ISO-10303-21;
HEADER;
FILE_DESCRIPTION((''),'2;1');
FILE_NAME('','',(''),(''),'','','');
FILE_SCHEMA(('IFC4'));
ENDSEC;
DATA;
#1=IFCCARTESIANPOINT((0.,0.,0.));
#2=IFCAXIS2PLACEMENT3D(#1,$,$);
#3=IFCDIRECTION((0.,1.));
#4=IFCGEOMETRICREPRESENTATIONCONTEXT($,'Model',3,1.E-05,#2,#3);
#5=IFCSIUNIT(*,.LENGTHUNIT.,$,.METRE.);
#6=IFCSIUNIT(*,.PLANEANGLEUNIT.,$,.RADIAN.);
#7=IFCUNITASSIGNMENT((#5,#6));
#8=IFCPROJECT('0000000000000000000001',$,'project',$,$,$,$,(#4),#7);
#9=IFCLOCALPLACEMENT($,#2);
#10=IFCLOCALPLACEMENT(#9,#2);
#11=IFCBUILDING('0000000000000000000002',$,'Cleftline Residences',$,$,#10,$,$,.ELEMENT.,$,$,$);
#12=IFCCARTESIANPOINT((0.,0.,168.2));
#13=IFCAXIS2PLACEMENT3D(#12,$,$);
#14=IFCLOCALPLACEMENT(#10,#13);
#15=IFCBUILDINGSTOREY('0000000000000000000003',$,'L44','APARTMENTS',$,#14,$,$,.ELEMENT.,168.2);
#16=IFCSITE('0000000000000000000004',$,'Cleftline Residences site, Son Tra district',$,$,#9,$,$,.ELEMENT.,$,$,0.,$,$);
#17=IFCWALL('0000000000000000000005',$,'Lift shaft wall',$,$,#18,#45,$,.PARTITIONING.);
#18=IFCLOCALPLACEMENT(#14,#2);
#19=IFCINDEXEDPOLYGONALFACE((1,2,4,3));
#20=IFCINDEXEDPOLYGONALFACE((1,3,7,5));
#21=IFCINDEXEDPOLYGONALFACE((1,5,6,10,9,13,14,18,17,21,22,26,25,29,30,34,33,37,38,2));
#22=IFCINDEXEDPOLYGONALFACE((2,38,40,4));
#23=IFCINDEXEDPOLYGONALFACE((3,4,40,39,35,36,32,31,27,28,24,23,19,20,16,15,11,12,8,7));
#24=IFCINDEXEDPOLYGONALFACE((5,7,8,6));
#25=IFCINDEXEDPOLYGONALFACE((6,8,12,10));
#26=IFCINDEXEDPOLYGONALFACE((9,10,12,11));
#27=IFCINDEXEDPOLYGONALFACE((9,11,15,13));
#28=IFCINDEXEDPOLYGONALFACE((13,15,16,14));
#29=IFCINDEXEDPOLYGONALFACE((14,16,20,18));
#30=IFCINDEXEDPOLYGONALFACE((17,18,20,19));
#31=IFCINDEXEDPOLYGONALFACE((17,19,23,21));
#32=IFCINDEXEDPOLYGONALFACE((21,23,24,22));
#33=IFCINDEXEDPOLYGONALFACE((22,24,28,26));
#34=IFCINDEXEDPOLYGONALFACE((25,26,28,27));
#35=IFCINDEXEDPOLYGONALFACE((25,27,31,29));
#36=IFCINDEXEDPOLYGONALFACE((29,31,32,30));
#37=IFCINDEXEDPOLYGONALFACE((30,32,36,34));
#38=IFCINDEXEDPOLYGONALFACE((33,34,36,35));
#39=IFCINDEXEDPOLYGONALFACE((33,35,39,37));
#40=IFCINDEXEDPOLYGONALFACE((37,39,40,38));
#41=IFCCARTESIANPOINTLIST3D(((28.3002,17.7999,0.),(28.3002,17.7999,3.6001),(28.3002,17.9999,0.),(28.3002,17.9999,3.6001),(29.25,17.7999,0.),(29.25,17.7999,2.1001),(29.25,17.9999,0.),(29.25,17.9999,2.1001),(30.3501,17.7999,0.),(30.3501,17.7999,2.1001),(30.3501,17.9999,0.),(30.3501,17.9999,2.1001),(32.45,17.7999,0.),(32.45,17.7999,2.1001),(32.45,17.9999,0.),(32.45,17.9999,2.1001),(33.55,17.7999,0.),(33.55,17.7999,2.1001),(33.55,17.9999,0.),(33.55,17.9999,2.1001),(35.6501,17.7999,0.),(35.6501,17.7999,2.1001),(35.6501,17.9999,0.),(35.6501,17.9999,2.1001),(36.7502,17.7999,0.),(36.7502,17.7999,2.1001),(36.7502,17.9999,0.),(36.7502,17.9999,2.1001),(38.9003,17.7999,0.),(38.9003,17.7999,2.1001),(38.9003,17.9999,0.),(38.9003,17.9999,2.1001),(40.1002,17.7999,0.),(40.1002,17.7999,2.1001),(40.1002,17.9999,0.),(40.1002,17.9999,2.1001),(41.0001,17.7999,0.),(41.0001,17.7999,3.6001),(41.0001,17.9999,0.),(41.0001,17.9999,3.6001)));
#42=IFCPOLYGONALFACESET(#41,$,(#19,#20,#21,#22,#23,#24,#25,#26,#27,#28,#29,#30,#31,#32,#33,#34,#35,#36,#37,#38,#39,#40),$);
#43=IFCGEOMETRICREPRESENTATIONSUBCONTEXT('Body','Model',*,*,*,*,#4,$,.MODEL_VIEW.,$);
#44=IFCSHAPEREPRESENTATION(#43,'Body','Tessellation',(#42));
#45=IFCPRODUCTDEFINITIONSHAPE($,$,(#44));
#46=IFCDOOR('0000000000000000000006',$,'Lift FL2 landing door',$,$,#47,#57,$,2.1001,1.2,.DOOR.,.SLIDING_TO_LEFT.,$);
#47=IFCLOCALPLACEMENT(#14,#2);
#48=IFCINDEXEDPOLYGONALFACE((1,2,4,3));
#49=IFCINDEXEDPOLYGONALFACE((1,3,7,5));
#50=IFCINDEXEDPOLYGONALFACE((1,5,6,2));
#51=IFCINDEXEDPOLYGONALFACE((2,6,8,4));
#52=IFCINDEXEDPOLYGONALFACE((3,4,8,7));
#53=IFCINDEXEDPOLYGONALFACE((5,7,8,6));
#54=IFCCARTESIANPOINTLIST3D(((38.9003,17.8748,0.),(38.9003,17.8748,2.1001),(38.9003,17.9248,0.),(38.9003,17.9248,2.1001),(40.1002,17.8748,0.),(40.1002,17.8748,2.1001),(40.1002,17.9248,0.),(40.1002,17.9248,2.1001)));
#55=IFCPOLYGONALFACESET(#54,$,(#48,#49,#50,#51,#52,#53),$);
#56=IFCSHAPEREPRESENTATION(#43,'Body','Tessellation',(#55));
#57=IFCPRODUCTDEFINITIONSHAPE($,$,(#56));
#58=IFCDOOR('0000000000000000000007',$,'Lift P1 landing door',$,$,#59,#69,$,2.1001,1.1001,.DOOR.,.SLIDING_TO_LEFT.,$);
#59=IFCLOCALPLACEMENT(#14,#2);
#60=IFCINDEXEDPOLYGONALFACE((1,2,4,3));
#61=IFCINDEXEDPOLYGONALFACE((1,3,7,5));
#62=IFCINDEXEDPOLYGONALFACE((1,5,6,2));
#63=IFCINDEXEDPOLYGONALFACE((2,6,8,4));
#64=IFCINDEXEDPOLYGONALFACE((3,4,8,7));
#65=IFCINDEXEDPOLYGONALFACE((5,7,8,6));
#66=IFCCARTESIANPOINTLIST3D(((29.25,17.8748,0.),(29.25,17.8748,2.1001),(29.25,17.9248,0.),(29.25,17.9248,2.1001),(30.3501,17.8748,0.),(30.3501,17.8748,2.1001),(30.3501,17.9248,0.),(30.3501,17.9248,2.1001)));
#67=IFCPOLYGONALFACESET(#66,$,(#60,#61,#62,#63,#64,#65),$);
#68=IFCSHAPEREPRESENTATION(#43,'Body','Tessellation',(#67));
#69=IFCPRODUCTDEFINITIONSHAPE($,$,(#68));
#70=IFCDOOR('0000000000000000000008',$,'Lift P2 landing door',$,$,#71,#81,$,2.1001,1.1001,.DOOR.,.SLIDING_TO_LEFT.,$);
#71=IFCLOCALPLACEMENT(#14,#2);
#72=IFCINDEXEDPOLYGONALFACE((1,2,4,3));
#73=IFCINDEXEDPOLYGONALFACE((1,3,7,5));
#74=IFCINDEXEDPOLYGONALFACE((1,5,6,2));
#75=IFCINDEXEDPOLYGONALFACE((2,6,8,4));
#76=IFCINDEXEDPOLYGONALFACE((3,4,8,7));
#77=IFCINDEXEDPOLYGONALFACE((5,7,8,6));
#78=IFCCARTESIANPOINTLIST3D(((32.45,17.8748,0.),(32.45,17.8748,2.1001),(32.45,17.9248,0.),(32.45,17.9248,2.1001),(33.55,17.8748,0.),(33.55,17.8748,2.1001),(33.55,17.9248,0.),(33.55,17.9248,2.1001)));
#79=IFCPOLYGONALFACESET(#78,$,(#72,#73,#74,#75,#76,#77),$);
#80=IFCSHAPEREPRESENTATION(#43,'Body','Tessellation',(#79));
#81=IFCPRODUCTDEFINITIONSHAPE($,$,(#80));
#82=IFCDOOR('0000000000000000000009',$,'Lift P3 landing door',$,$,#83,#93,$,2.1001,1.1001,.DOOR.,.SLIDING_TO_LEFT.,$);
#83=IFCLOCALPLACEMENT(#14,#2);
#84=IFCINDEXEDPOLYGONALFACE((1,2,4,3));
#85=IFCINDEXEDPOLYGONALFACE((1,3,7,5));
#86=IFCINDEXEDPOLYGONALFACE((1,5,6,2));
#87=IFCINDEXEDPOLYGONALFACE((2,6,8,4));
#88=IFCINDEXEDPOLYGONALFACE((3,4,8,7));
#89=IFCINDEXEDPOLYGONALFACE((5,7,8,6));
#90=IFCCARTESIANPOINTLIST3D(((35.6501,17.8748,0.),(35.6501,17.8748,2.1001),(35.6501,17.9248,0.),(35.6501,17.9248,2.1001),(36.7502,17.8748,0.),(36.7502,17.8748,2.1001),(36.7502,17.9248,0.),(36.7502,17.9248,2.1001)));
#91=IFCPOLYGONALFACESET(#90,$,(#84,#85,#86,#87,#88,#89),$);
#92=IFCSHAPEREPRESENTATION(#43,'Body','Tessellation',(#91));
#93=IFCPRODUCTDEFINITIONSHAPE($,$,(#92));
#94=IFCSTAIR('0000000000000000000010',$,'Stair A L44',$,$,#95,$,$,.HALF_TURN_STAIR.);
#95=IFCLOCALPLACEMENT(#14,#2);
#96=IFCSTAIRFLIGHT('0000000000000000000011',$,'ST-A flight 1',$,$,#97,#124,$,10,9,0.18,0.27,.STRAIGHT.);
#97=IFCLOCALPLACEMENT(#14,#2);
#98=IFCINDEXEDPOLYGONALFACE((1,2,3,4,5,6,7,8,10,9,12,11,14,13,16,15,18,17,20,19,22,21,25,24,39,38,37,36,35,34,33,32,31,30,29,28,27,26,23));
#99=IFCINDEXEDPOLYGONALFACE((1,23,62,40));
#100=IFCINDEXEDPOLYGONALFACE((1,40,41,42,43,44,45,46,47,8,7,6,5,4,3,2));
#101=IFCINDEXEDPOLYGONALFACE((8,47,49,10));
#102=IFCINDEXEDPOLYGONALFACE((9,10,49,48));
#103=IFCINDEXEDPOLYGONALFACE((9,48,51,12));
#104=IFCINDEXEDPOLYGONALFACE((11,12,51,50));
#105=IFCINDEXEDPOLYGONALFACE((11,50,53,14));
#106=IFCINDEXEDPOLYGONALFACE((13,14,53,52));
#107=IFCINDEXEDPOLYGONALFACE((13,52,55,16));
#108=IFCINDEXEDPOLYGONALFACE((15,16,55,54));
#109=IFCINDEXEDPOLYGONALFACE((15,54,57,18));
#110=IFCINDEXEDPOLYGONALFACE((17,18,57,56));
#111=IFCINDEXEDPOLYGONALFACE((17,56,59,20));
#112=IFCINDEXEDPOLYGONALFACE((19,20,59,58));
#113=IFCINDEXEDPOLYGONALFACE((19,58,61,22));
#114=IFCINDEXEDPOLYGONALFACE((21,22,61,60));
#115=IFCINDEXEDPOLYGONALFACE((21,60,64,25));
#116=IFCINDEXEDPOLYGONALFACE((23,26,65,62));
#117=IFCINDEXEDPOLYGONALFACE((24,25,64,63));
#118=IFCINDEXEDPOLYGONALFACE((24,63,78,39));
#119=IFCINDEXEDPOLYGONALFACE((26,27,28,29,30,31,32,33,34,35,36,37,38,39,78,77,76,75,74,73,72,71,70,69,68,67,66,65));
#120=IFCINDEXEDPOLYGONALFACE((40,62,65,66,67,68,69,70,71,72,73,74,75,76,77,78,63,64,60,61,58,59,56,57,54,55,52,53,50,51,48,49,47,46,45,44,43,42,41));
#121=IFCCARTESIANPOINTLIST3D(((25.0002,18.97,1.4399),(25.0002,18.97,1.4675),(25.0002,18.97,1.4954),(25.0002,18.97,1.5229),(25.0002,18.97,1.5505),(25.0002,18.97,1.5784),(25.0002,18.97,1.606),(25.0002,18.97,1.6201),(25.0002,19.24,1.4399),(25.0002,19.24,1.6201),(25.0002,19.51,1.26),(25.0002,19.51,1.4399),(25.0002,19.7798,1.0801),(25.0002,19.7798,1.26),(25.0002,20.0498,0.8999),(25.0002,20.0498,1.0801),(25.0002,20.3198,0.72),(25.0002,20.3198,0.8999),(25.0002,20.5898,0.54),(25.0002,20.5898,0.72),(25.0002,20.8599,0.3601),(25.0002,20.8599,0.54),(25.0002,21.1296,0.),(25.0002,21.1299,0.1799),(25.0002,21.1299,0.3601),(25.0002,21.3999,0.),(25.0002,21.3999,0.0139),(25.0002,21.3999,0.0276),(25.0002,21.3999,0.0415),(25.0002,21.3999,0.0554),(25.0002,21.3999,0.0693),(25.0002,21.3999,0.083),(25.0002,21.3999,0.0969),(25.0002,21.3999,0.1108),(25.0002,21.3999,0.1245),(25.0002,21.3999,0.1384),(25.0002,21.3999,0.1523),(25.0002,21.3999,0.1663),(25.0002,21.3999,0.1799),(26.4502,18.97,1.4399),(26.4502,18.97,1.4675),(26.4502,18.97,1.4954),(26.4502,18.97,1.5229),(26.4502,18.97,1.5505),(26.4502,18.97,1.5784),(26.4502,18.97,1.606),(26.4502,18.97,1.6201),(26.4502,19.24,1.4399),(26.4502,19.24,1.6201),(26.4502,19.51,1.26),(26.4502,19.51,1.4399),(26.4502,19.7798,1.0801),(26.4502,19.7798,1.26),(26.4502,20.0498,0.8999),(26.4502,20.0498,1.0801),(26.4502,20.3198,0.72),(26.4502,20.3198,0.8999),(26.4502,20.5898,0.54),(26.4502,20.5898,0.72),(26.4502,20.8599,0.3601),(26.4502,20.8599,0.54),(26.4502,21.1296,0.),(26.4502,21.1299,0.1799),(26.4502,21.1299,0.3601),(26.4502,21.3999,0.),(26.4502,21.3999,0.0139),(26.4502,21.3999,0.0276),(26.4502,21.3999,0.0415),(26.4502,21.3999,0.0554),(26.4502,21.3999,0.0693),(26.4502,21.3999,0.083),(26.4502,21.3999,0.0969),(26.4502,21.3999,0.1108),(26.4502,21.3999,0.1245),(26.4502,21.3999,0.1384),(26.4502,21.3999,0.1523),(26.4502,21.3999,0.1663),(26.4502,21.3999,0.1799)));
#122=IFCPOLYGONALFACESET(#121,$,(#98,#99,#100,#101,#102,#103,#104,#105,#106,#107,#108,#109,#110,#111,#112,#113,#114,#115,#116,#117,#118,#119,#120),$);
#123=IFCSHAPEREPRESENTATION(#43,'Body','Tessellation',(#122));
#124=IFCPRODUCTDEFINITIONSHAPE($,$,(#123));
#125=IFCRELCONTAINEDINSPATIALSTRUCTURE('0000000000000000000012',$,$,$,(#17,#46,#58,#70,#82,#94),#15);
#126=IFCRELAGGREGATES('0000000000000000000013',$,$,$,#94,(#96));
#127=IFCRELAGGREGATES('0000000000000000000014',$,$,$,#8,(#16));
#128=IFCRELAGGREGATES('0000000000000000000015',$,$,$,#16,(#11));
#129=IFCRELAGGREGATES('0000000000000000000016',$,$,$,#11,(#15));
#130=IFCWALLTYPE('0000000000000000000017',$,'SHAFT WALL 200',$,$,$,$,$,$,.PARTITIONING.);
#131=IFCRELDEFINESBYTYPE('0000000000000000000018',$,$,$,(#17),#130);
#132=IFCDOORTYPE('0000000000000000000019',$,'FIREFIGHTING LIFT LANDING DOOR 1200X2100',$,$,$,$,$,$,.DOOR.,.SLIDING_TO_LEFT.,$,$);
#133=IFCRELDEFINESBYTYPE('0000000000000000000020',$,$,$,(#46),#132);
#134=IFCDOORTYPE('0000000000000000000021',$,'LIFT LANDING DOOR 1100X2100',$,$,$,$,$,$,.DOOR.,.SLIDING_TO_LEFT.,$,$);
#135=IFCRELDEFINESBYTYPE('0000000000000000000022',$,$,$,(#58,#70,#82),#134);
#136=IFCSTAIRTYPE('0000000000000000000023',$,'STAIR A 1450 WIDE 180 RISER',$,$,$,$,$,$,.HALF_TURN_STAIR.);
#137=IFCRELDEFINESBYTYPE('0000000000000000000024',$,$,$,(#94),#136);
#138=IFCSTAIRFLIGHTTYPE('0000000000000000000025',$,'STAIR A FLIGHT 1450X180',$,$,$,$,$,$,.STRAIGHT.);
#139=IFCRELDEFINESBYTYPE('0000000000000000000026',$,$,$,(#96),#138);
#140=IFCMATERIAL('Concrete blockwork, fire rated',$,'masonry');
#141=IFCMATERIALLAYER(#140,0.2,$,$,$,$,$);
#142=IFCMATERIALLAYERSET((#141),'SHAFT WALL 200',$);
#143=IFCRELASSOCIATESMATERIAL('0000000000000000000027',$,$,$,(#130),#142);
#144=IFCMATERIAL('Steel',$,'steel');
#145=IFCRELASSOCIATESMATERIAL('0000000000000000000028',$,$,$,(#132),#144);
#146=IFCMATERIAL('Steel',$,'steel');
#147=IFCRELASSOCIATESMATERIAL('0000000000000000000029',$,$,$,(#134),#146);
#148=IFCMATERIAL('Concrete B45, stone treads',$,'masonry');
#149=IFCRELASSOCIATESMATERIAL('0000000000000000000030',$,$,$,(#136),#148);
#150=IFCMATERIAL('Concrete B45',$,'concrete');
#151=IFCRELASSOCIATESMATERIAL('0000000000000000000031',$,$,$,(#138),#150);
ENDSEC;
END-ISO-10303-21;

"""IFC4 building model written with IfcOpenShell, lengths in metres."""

from ifc_helpers import new_model, si_unit, direction, frame, frame_2d, origin, place, context, subcontext, project, spatial, polyline, rectangle, outline, extrude, material, layer, layer_set, type_object, element, fill, aggregate, save


model = new_model("IFC4")

# Units and contexts
model_context = context("Model", 3, precision=1e-05, world=origin(), true_north=direction((0.0, 1.0)))
body_context = subcontext(model_context, "Body", "Model", "MODEL_VIEW")
ifc_project = project(units=[si_unit("LENGTHUNIT", "METRE"), si_unit("PLANEANGLEUNIT", "RADIAN")], contexts=[model_context])

# Site, building, storey
site_placement = place(None, origin())
site = spatial("IfcSite", under=ifc_project, at=site_placement, Name="Cleftline Residences site, Son Tra district", CompositionType="ELEMENT", RefElevation=0.0)
building_placement = place(site_placement, origin())
building = spatial("IfcBuilding", under=site, at=building_placement, Name="Cleftline Residences", CompositionType="ELEMENT")
storey_placement = place(building_placement, frame((0.0, 0.0, 168.2)))
storey = spatial("IfcBuildingStorey", under=building, at=storey_placement, Name="L44", Description="APARTMENTS", CompositionType="ELEMENT", Elevation=168.2)

# Wall, openings, doors
ifc_material_1 = material(Name="Concrete blockwork, fire rated", Category="masonry")
ifc_layer_1 = layer(ifc_material_1, 0.2)
ifc_layer_set_1 = layer_set([ifc_layer_1], Name="SHAFT WALL 200")
wall_type_1 = type_object("IfcWallType", Name="SHAFT WALL 200", PredefinedType="PARTITIONING", material=ifc_layer_set_1)
wall_1_placement = place(storey_placement, frame((28.3, 17.8999, 0.0), z_axis=(0.0, 0.0, 1.0), x_axis=(1.0, 0.0, 0.0)))
wall_1 = element("IfcWall", 1, at=wall_1_placement, inside=storey, type_object=wall_type_1, Name="Lift shaft wall", PredefinedType="PARTITIONING", context=body_context, shape_type="SweptSolid", body=[
    extrude(rectangle(XDim=12.7, YDim=0.2, at=frame_2d((6.3501, 0.0))), origin(), (0.0, 0.0, 1.0), 3.6001),
])
opening_1_placement = place(wall_1_placement, frame((0.95, 0.0, 0.0)))
opening_1 = element("IfcOpeningElement", 2, at=opening_1_placement, cuts=wall_1, PredefinedType="OPENING", context=body_context, shape_type="SweptSolid", body=[
    extrude(rectangle(XDim=1.1001, YDim=2.1001, at=frame_2d((0.55, 1.05))), frame((0.0, 0.1099, 0.0), z_axis=(0.0, -1.0, 0.0), x_axis=(1.0, 0.0, 0.0)), (0.0, 0.0, 1.0), 0.22),
])
opening_2_placement = place(wall_1_placement, frame((4.1499, 0.0, 0.0)))
opening_2 = element("IfcOpeningElement", 3, at=opening_2_placement, cuts=wall_1, PredefinedType="OPENING", context=body_context, shape_type="SweptSolid", body=[
    extrude(rectangle(XDim=1.1001, YDim=2.1001, at=frame_2d((0.55, 1.05))), frame((0.0, 0.1099, 0.0), z_axis=(0.0, -1.0, 0.0), x_axis=(1.0, 0.0, 0.0)), (0.0, 0.0, 1.0), 0.22),
])
opening_3_placement = place(wall_1_placement, frame((7.3501, 0.0, 0.0)))
opening_3 = element("IfcOpeningElement", 4, at=opening_3_placement, cuts=wall_1, PredefinedType="OPENING", context=body_context, shape_type="SweptSolid", body=[
    extrude(rectangle(XDim=1.1001, YDim=2.1001, at=frame_2d((0.55, 1.05))), frame((0.0, 0.1099, 0.0), z_axis=(0.0, -1.0, 0.0), x_axis=(1.0, 0.0, 0.0)), (0.0, 0.0, 1.0), 0.22),
])
opening_4_placement = place(wall_1_placement, frame((10.6001, 0.0, 0.0)))
opening_4 = element("IfcOpeningElement", 5, at=opening_4_placement, cuts=wall_1, PredefinedType="OPENING", context=body_context, shape_type="SweptSolid", body=[
    extrude(rectangle(XDim=1.2, YDim=2.1001, at=frame_2d((0.6001, 1.05))), frame((0.0, 0.1099, 0.0), z_axis=(0.0, -1.0, 0.0), x_axis=(1.0, 0.0, 0.0)), (0.0, 0.0, 1.0), 0.22),
])
ifc_material_2 = material(Name="Steel", Category="steel")
door_type_1 = type_object("IfcDoorType", Name="FIREFIGHTING LIFT LANDING DOOR 1200X2100", OperationType="SLIDING_TO_LEFT", PredefinedType="DOOR", material=ifc_material_2)
door_1_placement = place(opening_4_placement, origin())
door_1 = element("IfcDoor", 6, at=door_1_placement, inside=storey, type_object=door_type_1, Name="Lift FL2 landing door", OperationType="SLIDING_TO_LEFT", OverallHeight=2.1001, OverallWidth=1.2, PredefinedType="DOOR", context=body_context, shape_type="SweptSolid", body=[
    extrude(rectangle(XDim=1.2, YDim=2.1001, at=frame_2d((0.6001, 1.05))), frame((0.0, 0.0249, 0.0), z_axis=(0.0, -1.0, 0.0), x_axis=(1.0, 0.0, 0.0)), (0.0, 0.0, 1.0), 0.05),
])
fill(opening_4, door_1)
ifc_material_3 = material(Name="Steel", Category="steel")
door_type_2 = type_object("IfcDoorType", Name="LIFT LANDING DOOR 1100X2100", OperationType="SLIDING_TO_LEFT", PredefinedType="DOOR", material=ifc_material_3)
door_2_placement = place(opening_1_placement, origin())
door_2 = element("IfcDoor", 7, at=door_2_placement, inside=storey, type_object=door_type_2, Name="Lift P1 landing door", OperationType="SLIDING_TO_LEFT", OverallHeight=2.1001, OverallWidth=1.1001, PredefinedType="DOOR", context=body_context, shape_type="SweptSolid", body=[
    extrude(rectangle(XDim=1.1001, YDim=2.1001, at=frame_2d((0.55, 1.05))), frame((0.0, 0.0249, 0.0), z_axis=(0.0, -1.0, 0.0), x_axis=(1.0, 0.0, 0.0)), (0.0, 0.0, 1.0), 0.05),
])
fill(opening_1, door_2)
door_3_placement = place(opening_2_placement, origin())
door_3 = element("IfcDoor", 8, at=door_3_placement, inside=storey, type_object=door_type_2, Name="Lift P2 landing door", OperationType="SLIDING_TO_LEFT", OverallHeight=2.1001, OverallWidth=1.1001, PredefinedType="DOOR", context=body_context, shape_type="SweptSolid", body=[
    extrude(rectangle(XDim=1.1001, YDim=2.1001, at=frame_2d((0.55, 1.05))), frame((0.0, 0.0249, 0.0), z_axis=(0.0, -1.0, 0.0), x_axis=(1.0, 0.0, 0.0)), (0.0, 0.0, 1.0), 0.05),
])
fill(opening_2, door_3)
door_4_placement = place(opening_3_placement, origin())
door_4 = element("IfcDoor", 9, at=door_4_placement, inside=storey, type_object=door_type_2, Name="Lift P3 landing door", OperationType="SLIDING_TO_LEFT", OverallHeight=2.1001, OverallWidth=1.1001, PredefinedType="DOOR", context=body_context, shape_type="SweptSolid", body=[
    extrude(rectangle(XDim=1.1001, YDim=2.1001, at=frame_2d((0.55, 1.05))), frame((0.0, 0.0249, 0.0), z_axis=(0.0, -1.0, 0.0), x_axis=(1.0, 0.0, 0.0)), (0.0, 0.0, 1.0), 0.05),
])
fill(opening_3, door_4)

# Stair, stair flight
ifc_material_4 = material(Name="Concrete B45, stone treads", Category="masonry")
stair_type = type_object("IfcStairType", Name="STAIR A 1450 WIDE 180 RISER", PredefinedType="HALF_TURN_STAIR", material=ifc_material_4)
stair_placement = place(storey_placement, origin())
stair = element("IfcStair", 10, at=stair_placement, inside=storey, type_object=stair_type, Name="Stair A L44", PredefinedType="HALF_TURN_STAIR")
ifc_material_5 = material(Name="Concrete B45", Category="concrete")
stair_flight_type = type_object("IfcStairFlightType", Name="STAIR A FLIGHT 1450X180", PredefinedType="STRAIGHT", material=ifc_material_5)
stair_flight_1_placement = place(storey_placement, frame((25.7251, 21.3999, 0.0), z_axis=(0.0, 0.0, 1.0), x_axis=(0.0, -1.0, 0.0)))
stair_flight_1 = element("IfcStairFlight", 11, at=stair_flight_1_placement, type_object=stair_flight_type, Name="ST-A flight 1", NumberOfRisers=10, NumberOfTreads=9, PredefinedType="STRAIGHT", RiserHeight=0.18, TreadLength=0.27, context=body_context, shape_type="SweptSolid", body=[
    extrude(outline(polyline([(0.0, 0.0), (0.0, 0.0139), (0.0, 0.0276), (0.0, 0.0415), (0.0, 0.0554), (0.0, 0.0693), (0.0, 0.083), (0.0, 0.0969), (0.0, 0.1108), (0.0, 0.1245), (0.0, 0.1384), (0.0, 0.1523), (0.0, 0.1663), (0.0, 0.1799), (0.27, 0.1799), (0.27, 0.3601), (0.54, 0.3601), (0.54, 0.54), (0.8101, 0.54), (0.8101, 0.72), (1.0801, 0.72), (1.0801, 0.8999), (1.3501, 0.8999), (1.3501, 1.0801), (1.6201, 1.0801), (1.6201, 1.26), (1.8899, 1.26), (1.8899, 1.4399), (2.1599, 1.4399), (2.1599, 1.6201), (2.4299, 1.6201), (2.4299, 1.8), (2.4299, 1.7722), (2.4299, 1.7446), (2.4299, 1.7168), (2.4299, 1.6892), (2.4299, 1.6614), (2.4299, 1.6338), (2.4299, 1.606), (2.4299, 1.5784), (2.4299, 1.5505), (2.4299, 1.5229), (2.4299, 1.4954), (2.4299, 1.4675), (2.4299, 1.4399), (0.2703, 0.0), (0.0, 0.0)])), frame((0.0, 0.7251, 0.0), z_axis=(0.0, -1.0, 0.0), x_axis=(1.0, 0.0, 0.0)), (0.0, 0.0, 1.0), 1.45),
])
aggregate(stair, [stair_flight_1])

save(model, "model.ifc")
